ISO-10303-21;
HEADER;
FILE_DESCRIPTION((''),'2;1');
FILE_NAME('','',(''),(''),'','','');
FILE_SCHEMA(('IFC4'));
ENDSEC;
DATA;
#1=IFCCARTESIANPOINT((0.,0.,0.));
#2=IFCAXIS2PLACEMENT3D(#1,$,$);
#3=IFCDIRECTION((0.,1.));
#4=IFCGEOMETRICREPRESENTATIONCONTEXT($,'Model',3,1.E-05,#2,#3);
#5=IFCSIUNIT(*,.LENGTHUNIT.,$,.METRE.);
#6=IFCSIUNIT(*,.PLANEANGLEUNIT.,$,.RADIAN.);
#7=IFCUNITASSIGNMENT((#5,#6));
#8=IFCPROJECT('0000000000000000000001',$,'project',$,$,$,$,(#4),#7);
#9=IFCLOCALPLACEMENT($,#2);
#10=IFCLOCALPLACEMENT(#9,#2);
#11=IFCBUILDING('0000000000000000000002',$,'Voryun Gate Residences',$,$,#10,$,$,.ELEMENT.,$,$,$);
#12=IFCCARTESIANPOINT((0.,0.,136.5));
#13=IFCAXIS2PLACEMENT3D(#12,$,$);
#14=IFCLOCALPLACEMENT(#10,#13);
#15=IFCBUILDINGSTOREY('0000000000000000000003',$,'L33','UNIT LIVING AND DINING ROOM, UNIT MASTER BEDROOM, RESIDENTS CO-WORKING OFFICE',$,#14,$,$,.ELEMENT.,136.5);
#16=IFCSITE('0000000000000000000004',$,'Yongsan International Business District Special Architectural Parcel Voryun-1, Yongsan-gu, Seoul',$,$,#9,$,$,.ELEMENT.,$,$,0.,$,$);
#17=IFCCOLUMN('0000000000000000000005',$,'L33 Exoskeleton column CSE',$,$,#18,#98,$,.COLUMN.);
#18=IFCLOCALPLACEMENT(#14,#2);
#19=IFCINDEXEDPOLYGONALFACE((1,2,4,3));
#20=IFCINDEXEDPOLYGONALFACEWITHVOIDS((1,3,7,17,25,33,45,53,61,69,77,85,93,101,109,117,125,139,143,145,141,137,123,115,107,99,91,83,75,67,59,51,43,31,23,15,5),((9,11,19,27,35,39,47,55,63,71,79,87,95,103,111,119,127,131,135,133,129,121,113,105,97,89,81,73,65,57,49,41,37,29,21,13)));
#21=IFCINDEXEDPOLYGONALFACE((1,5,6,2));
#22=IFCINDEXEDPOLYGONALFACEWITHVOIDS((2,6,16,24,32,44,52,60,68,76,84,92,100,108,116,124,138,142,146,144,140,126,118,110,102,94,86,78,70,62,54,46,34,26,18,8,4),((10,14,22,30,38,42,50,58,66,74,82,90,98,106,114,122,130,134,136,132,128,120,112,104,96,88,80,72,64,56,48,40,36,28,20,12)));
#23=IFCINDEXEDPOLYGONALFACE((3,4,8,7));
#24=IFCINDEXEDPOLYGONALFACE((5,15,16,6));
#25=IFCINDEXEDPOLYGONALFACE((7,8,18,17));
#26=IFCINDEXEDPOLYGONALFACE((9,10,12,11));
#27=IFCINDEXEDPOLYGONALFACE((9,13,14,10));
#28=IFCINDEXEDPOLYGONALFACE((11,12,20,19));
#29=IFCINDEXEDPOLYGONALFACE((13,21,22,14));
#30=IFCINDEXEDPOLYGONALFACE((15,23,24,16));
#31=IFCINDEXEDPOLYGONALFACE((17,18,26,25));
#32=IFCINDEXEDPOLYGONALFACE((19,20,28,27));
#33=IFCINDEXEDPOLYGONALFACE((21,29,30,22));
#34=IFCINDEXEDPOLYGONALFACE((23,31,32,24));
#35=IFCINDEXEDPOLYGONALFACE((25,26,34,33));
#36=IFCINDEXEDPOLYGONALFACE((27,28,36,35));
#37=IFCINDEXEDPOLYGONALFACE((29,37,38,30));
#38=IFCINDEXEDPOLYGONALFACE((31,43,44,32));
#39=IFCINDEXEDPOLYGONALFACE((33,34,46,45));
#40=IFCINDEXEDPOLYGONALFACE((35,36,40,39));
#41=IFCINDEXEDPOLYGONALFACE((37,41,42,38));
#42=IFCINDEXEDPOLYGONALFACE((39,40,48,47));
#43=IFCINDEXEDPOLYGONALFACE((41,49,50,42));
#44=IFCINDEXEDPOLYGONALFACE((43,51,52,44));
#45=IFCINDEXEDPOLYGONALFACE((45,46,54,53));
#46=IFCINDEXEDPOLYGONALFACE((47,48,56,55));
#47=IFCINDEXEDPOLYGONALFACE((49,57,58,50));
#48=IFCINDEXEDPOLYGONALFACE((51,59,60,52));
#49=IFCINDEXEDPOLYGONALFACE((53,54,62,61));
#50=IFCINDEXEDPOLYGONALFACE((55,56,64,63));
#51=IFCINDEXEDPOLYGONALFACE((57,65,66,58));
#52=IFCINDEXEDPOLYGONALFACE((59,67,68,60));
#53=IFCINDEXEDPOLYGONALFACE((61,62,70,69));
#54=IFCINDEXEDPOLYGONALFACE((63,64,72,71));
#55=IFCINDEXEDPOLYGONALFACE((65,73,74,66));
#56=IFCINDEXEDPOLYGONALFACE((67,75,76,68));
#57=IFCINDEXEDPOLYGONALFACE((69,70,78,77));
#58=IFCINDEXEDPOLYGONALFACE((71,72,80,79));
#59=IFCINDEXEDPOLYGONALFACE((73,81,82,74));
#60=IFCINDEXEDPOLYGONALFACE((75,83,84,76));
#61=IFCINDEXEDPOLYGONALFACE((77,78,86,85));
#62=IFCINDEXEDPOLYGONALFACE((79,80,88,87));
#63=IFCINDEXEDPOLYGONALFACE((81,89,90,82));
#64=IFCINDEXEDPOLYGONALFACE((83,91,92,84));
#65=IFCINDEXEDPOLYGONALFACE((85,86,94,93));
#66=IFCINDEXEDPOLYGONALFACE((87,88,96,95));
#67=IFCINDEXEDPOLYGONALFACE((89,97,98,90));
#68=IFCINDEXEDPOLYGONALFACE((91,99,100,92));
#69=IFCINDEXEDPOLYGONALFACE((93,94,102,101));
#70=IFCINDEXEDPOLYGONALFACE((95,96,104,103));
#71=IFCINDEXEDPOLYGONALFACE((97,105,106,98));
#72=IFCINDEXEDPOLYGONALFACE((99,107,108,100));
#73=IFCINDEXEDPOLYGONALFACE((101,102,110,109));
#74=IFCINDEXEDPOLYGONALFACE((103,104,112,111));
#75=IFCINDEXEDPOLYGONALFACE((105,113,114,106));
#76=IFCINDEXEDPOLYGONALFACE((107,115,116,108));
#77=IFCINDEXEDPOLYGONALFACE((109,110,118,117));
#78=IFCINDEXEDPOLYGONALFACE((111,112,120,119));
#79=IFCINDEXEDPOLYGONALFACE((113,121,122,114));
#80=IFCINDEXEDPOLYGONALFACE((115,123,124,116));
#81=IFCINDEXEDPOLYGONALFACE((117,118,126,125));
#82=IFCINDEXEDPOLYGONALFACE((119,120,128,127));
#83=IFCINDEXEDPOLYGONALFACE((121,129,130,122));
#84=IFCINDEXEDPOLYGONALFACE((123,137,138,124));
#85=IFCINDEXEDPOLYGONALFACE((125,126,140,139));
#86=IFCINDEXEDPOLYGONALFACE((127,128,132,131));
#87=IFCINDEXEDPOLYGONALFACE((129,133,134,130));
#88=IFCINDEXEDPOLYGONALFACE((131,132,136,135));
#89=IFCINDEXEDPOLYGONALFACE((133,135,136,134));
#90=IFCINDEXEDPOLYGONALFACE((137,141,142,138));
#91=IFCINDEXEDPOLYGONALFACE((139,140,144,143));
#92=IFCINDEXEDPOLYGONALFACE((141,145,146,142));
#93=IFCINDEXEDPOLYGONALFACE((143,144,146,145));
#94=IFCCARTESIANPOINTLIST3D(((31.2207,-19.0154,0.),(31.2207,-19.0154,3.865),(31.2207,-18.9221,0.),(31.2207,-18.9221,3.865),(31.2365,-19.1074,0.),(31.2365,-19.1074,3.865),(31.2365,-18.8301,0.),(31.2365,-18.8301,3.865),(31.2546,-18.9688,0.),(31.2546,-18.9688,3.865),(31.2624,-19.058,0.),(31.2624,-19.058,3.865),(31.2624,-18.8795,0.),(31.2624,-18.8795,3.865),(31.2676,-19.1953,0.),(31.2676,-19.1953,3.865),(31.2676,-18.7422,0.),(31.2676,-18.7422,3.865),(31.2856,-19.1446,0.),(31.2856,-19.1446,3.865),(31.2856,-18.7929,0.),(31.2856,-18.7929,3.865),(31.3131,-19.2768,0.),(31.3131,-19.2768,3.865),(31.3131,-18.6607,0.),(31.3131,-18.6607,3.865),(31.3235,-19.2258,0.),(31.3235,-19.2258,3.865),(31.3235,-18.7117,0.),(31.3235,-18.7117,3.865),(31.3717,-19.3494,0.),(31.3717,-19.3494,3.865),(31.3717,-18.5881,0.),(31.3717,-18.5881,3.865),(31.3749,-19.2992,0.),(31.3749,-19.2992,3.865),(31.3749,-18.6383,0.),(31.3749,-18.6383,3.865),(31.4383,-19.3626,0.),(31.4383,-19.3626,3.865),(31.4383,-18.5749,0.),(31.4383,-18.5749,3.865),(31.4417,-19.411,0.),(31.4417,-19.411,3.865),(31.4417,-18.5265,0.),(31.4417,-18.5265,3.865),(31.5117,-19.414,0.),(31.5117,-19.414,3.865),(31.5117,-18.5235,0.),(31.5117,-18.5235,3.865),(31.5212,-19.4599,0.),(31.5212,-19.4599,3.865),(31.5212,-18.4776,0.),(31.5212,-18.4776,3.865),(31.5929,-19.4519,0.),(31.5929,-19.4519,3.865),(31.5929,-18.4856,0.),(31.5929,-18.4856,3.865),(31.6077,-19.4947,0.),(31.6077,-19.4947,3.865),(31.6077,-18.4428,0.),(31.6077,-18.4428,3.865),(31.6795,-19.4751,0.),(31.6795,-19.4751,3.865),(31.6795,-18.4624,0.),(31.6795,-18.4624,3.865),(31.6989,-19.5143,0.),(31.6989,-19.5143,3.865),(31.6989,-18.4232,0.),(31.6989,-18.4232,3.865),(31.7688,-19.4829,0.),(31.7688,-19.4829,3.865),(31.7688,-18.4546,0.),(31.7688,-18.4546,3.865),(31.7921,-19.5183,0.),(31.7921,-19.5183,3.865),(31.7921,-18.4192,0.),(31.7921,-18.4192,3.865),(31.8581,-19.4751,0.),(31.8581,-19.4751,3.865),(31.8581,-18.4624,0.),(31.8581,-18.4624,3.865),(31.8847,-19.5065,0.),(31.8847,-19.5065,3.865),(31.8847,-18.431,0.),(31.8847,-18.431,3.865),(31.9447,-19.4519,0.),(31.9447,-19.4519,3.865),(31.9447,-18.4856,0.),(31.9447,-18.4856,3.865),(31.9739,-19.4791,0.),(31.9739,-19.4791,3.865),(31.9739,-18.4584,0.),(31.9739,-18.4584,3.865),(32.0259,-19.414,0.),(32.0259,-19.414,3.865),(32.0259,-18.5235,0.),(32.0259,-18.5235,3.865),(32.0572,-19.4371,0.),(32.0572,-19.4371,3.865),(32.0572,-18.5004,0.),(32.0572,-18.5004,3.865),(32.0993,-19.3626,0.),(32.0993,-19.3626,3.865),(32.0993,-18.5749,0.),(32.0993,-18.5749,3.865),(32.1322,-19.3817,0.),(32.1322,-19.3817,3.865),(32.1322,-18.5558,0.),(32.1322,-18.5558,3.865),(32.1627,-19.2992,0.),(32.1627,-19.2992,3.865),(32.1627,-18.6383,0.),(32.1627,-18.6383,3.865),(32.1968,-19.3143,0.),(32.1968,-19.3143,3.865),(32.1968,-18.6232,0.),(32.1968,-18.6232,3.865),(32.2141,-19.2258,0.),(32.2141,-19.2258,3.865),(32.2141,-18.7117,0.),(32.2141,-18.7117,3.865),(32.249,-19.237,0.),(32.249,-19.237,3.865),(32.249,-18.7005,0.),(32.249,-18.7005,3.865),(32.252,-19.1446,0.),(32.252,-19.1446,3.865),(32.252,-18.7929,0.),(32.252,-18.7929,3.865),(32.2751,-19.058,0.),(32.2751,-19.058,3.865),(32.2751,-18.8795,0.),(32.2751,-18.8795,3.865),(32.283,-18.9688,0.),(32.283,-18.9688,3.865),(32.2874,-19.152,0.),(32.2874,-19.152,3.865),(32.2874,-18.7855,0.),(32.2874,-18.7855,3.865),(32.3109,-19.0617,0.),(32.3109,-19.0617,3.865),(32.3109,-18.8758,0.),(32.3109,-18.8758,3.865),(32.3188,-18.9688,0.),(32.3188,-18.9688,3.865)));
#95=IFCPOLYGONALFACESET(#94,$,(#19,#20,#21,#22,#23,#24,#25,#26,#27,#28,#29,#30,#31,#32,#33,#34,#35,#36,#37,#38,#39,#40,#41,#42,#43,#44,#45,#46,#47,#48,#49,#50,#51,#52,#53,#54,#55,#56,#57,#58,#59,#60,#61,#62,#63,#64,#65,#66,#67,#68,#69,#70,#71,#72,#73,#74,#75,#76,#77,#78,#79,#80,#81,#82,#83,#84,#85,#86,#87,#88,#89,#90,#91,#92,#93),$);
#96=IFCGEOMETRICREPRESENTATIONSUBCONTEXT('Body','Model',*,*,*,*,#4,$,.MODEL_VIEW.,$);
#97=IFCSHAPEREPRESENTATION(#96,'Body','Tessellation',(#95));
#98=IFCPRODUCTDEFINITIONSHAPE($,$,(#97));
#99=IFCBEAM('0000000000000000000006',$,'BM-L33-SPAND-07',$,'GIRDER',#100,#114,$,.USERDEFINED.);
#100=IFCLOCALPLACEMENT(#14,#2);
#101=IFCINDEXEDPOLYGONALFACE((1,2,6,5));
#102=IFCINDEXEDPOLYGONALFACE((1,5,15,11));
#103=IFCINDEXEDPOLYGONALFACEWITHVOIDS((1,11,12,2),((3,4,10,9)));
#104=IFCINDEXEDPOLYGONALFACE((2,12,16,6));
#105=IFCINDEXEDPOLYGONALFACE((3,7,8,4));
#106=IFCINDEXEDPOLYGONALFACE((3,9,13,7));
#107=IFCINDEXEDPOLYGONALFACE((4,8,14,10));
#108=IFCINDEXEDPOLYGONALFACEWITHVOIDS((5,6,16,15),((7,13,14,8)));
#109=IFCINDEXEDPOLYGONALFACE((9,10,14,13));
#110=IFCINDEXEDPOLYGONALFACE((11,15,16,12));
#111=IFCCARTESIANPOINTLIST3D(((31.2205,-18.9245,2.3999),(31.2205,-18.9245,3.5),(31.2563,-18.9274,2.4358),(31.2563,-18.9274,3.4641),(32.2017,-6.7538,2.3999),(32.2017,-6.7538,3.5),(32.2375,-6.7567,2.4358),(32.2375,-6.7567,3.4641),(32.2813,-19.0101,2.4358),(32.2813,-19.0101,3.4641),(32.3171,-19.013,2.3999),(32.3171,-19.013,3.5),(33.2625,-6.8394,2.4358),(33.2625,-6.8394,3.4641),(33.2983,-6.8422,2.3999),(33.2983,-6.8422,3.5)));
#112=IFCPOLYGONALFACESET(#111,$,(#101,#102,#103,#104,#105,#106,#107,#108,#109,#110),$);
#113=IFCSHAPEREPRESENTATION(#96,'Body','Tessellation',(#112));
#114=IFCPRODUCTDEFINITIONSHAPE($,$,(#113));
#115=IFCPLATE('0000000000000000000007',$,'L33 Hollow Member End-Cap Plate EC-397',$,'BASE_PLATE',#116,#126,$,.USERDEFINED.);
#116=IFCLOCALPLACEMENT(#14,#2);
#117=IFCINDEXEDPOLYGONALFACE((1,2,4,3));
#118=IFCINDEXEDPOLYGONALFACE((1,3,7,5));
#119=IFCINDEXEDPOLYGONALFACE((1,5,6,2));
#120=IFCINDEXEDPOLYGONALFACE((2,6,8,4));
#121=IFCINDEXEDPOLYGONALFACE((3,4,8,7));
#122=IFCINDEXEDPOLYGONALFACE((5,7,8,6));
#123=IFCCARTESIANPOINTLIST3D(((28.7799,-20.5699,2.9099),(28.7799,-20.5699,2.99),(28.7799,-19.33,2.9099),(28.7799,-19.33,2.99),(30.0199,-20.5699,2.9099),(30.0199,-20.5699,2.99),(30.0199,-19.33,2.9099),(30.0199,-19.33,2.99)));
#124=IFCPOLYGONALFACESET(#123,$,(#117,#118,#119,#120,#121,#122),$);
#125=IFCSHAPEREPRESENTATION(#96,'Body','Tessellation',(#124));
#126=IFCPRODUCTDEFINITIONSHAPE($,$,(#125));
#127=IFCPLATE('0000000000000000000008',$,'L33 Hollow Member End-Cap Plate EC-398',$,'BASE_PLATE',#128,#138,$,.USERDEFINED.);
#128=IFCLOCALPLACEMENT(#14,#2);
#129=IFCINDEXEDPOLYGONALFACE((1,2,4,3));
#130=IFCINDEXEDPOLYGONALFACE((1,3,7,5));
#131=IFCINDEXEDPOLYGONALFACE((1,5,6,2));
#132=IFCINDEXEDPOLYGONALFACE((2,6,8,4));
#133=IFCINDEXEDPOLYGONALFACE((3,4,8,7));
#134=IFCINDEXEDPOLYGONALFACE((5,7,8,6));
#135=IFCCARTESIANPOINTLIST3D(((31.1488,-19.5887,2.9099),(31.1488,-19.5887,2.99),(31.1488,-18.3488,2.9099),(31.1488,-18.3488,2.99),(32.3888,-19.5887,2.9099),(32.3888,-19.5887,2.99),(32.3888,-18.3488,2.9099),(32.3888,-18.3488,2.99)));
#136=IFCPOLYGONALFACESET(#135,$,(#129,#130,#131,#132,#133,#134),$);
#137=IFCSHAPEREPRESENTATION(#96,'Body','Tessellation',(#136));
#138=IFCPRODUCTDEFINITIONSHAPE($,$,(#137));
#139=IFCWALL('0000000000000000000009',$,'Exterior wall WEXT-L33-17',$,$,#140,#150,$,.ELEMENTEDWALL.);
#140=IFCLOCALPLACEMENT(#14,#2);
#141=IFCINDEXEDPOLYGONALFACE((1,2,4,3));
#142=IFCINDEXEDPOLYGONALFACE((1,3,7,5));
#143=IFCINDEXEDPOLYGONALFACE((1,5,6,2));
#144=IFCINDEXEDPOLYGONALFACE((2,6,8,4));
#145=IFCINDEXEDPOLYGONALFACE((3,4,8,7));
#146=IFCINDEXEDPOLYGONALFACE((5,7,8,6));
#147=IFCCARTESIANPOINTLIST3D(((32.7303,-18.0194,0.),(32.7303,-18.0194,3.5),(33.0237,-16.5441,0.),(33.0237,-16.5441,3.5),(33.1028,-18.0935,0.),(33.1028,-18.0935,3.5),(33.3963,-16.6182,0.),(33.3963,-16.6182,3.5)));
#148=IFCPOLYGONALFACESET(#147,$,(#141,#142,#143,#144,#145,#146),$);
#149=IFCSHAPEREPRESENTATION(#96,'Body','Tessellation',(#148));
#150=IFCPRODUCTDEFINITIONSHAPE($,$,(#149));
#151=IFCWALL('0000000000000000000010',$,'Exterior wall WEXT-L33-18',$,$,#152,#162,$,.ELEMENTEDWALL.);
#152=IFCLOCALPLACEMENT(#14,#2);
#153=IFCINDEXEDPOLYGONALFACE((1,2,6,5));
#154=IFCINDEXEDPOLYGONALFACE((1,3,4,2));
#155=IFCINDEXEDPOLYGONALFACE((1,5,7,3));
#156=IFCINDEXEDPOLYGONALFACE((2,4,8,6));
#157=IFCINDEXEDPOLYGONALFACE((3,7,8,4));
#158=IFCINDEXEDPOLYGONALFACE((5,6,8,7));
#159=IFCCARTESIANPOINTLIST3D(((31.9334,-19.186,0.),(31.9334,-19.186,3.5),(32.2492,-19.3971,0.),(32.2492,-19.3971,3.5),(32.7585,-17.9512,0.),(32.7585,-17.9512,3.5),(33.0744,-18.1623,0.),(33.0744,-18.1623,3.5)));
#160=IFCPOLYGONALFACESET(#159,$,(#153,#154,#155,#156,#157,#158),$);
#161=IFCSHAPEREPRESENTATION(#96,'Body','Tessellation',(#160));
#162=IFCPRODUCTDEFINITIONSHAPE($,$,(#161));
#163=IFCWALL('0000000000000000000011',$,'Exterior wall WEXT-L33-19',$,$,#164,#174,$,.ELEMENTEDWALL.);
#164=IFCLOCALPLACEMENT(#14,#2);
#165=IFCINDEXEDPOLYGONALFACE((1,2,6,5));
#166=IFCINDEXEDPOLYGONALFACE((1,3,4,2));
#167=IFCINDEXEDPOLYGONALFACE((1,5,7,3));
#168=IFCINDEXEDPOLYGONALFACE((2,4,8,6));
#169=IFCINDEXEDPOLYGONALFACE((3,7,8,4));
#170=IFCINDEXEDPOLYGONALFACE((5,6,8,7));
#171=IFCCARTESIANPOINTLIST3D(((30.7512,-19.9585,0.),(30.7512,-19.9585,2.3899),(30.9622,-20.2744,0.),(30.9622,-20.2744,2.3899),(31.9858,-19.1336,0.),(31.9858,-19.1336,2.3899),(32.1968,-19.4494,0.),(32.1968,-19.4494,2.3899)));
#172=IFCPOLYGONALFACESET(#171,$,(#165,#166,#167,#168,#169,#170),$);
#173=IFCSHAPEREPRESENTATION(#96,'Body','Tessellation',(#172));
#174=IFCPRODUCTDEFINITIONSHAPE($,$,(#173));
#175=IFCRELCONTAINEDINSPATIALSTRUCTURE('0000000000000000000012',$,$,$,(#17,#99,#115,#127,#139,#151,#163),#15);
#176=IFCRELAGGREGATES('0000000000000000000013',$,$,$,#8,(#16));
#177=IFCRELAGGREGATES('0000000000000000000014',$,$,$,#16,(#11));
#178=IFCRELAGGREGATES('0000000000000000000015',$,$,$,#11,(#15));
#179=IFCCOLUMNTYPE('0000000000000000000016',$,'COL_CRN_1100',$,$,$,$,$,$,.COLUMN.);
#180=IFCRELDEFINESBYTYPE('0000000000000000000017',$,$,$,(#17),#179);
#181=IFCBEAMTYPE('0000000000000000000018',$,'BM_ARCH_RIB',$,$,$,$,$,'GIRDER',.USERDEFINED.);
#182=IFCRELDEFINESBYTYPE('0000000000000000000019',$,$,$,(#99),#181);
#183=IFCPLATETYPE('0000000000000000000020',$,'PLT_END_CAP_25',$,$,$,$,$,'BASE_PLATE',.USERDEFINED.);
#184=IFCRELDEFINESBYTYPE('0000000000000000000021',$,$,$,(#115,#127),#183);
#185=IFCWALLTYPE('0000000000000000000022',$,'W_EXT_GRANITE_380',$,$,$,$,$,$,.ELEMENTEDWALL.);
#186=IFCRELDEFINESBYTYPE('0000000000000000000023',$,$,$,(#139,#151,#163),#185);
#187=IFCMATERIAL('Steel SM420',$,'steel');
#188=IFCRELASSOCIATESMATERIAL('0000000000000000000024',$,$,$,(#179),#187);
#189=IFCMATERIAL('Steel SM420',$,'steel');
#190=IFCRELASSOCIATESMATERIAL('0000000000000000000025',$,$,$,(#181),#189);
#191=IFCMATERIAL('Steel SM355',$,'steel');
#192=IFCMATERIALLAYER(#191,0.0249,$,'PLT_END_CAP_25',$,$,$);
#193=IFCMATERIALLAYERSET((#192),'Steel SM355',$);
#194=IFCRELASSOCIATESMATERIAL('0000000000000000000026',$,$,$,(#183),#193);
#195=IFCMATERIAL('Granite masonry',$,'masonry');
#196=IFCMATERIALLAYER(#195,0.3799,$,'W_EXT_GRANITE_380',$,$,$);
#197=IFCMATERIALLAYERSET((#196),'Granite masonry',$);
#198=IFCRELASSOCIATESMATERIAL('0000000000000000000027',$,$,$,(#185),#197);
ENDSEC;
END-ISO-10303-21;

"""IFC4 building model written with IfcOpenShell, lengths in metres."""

from ifc_helpers import new_model, si_unit, direction, frame, frame_2d, origin, origin_2d, place, context, subcontext, project, spatial, rectangle, hollow_rectangle, hollow_circle, extrude, material, layer, layer_set, material_profile, profile_set, type_object, element, save


model = new_model("IFC4")

# Units and contexts
model_context = context("Model", 3, precision=1e-05, world=origin(), true_north=direction((0.0, 1.0)))
body_context = subcontext(model_context, "Body", "Model", "MODEL_VIEW")
ifc_project = project(units=[si_unit("LENGTHUNIT", "METRE"), si_unit("PLANEANGLEUNIT", "RADIAN")], contexts=[model_context])

# Site, building, storey
site_placement = place(None, origin())
site = spatial("IfcSite", under=ifc_project, at=site_placement, Name="Yongsan International Business District Special Architectural Parcel Voryun-1, Yongsan-gu, Seoul", CompositionType="ELEMENT", RefElevation=0.0)
building_placement = place(site_placement, origin())
building = spatial("IfcBuilding", under=site, at=building_placement, Name="Voryun Gate Residences", CompositionType="ELEMENT")
storey_placement = place(building_placement, frame((0.0, 0.0, 136.5)))
storey = spatial("IfcBuildingStorey", under=building, at=storey_placement, Name="L33", Description="UNIT LIVING AND DINING ROOM, UNIT MASTER BEDROOM, RESIDENTS CO-WORKING OFFICE", CompositionType="ELEMENT", Elevation=136.5)

# Column
ifc_material_1 = material(Name="Steel SM420", Category="steel")
ifc_material_profile_1 = material_profile(ifc_material_1, hollow_circle(Radius=0.55, WallThickness=0.0359, at=origin_2d()), Name="CHS-1100x36")
ifc_profile_set_1 = profile_set([ifc_material_profile_1], Name="Steel SM420")
column_type = type_object("IfcColumnType", Name="COL_CRN_1100", PredefinedType="COLUMN", material=ifc_profile_set_1)
column_placement = place(storey_placement, frame((31.7688, -18.9688, 0.0), z_axis=(0.0, 0.0, 1.0), x_axis=(1.0, 0.0, 0.0)))
element("IfcColumn", 1, at=column_placement, inside=storey, type_object=column_type, Name="L33 Exoskeleton column CSE", PredefinedType="COLUMN", context=body_context, shape_type="SweptSolid", body=[
    extrude(hollow_circle(Radius=0.55, WallThickness=0.0359, at=origin_2d()), origin(), (0.0, 0.0, 1.0), 3.865),
])

# Beam
ifc_material_2 = material(Name="Steel SM420", Category="steel")
ifc_material_profile_2 = material_profile(ifc_material_2, hollow_rectangle(XDim=1.1001, YDim=1.1001, WallThickness=0.0359, at=origin_2d()), Name="BOX-1100x1100x36")
ifc_profile_set_2 = profile_set([ifc_material_profile_2], Name="Steel SM420")
beam_type = type_object("IfcBeamType", Name="BM_ARCH_RIB", ElementType="GIRDER", PredefinedType="USERDEFINED", material=ifc_profile_set_2)
beam_placement = place(storey_placement, frame((31.7688, -18.9688, 2.95), z_axis=(0.08036, 0.996766, 0.0), x_axis=(-0.996766, 0.08036, 0.0)))
element("IfcBeam", 2, at=beam_placement, inside=storey, type_object=beam_type, Name="BM-L33-SPAND-07", ObjectType="GIRDER", PredefinedType="USERDEFINED", context=body_context, shape_type="SweptSolid", body=[
    extrude(hollow_rectangle(XDim=1.1001, YDim=1.1001, WallThickness=0.0359, at=origin_2d()), origin(), (0.0, 0.0, 1.0), 12.2102),
])

# Plates
ifc_material_3 = material(Name="Steel SM355", Category="steel")
ifc_layer_1 = layer(ifc_material_3, 0.0249, Name="PLT_END_CAP_25")
ifc_layer_set_1 = layer_set([ifc_layer_1], Name="Steel SM355")
plate_type = type_object("IfcPlateType", Name="PLT_END_CAP_25", ElementType="BASE_PLATE", PredefinedType="USERDEFINED", material=ifc_layer_set_1)
for number, where, z_axis, x_axis, name in (
    (3, (29.3999, -19.95, 2.9099), (0.0, 0.0, 1.0), (1.0, 0.0, 0.0), "L33 Hollow Member End-Cap Plate EC-397"),
    (4, (31.7688, -18.9688, 2.9099), (0.0, 0.0, 1.0), (1.0, 0.0, 0.0), "L33 Hollow Member End-Cap Plate EC-398"),
):
    element("IfcPlate", number, at=place(storey_placement, frame(where, z_axis=z_axis, x_axis=x_axis)), inside=storey, type_object=plate_type, Name=name, ObjectType="BASE_PLATE", PredefinedType="USERDEFINED", context=body_context, shape_type="SweptSolid", body=[
        extrude(rectangle(XDim=1.24, YDim=1.24, at=origin_2d()), origin(), (0.0, 0.0, 1.0), 0.0801),
    ])

# Walls
ifc_material_4 = material(Name="Granite masonry", Category="masonry")
ifc_layer_2 = layer(ifc_material_4, 0.3799, Name="W_EXT_GRANITE_380")
ifc_layer_set_2 = layer_set([ifc_layer_2], Name="Granite masonry")
wall_type = type_object("IfcWallType", Name="W_EXT_GRANITE_380", PredefinedType="ELEMENTEDWALL", material=ifc_layer_set_2)
wall_1_placement = place(storey_placement, frame((33.21, -16.5813, 0.0), z_axis=(0.0, 0.0, 1.0), x_axis=(-0.195086, -0.980786, 0.0)))
element("IfcWall", 5, at=wall_1_placement, inside=storey, type_object=wall_type, Name="Exterior wall WEXT-L33-17", PredefinedType="ELEMENTEDWALL", context=body_context, shape_type="SweptSolid", body=[
    extrude(rectangle(XDim=1.5042, YDim=0.3799, at=frame_2d((0.752, 0.0))), origin(), (0.0, 0.0, 1.0), 3.5),
])
wall_2_placement = place(storey_placement, frame((32.9165, -18.0566, 0.0), z_axis=(0.0, 0.0, 1.0), x_axis=(-0.55561, -0.831443, 0.0)))
element("IfcWall", 6, at=wall_2_placement, inside=storey, type_object=wall_type, Name="Exterior wall WEXT-L33-18", PredefinedType="ELEMENTEDWALL", context=body_context, shape_type="SweptSolid", body=[
    extrude(rectangle(XDim=1.4851, YDim=0.3799, at=frame_2d((0.7427, 0.0))), origin(), (0.0, 0.0, 1.0), 3.5),
])
wall_3_placement = place(storey_placement, frame((32.0913, -19.2915, 0.0), z_axis=(0.0, 0.0, 1.0), x_axis=(-0.831468, -0.555573, 0.0)))
element("IfcWall", 7, at=wall_3_placement, inside=storey, type_object=wall_type, Name="Exterior wall WEXT-L33-19", PredefinedType="ELEMENTEDWALL", context=body_context, shape_type="SweptSolid", body=[
    extrude(rectangle(XDim=1.4849, YDim=0.3799, at=frame_2d((0.7424, 0.0))), origin(), (0.0, 0.0, 1.0), 2.3899),
])

save(model, "model.ifc")
